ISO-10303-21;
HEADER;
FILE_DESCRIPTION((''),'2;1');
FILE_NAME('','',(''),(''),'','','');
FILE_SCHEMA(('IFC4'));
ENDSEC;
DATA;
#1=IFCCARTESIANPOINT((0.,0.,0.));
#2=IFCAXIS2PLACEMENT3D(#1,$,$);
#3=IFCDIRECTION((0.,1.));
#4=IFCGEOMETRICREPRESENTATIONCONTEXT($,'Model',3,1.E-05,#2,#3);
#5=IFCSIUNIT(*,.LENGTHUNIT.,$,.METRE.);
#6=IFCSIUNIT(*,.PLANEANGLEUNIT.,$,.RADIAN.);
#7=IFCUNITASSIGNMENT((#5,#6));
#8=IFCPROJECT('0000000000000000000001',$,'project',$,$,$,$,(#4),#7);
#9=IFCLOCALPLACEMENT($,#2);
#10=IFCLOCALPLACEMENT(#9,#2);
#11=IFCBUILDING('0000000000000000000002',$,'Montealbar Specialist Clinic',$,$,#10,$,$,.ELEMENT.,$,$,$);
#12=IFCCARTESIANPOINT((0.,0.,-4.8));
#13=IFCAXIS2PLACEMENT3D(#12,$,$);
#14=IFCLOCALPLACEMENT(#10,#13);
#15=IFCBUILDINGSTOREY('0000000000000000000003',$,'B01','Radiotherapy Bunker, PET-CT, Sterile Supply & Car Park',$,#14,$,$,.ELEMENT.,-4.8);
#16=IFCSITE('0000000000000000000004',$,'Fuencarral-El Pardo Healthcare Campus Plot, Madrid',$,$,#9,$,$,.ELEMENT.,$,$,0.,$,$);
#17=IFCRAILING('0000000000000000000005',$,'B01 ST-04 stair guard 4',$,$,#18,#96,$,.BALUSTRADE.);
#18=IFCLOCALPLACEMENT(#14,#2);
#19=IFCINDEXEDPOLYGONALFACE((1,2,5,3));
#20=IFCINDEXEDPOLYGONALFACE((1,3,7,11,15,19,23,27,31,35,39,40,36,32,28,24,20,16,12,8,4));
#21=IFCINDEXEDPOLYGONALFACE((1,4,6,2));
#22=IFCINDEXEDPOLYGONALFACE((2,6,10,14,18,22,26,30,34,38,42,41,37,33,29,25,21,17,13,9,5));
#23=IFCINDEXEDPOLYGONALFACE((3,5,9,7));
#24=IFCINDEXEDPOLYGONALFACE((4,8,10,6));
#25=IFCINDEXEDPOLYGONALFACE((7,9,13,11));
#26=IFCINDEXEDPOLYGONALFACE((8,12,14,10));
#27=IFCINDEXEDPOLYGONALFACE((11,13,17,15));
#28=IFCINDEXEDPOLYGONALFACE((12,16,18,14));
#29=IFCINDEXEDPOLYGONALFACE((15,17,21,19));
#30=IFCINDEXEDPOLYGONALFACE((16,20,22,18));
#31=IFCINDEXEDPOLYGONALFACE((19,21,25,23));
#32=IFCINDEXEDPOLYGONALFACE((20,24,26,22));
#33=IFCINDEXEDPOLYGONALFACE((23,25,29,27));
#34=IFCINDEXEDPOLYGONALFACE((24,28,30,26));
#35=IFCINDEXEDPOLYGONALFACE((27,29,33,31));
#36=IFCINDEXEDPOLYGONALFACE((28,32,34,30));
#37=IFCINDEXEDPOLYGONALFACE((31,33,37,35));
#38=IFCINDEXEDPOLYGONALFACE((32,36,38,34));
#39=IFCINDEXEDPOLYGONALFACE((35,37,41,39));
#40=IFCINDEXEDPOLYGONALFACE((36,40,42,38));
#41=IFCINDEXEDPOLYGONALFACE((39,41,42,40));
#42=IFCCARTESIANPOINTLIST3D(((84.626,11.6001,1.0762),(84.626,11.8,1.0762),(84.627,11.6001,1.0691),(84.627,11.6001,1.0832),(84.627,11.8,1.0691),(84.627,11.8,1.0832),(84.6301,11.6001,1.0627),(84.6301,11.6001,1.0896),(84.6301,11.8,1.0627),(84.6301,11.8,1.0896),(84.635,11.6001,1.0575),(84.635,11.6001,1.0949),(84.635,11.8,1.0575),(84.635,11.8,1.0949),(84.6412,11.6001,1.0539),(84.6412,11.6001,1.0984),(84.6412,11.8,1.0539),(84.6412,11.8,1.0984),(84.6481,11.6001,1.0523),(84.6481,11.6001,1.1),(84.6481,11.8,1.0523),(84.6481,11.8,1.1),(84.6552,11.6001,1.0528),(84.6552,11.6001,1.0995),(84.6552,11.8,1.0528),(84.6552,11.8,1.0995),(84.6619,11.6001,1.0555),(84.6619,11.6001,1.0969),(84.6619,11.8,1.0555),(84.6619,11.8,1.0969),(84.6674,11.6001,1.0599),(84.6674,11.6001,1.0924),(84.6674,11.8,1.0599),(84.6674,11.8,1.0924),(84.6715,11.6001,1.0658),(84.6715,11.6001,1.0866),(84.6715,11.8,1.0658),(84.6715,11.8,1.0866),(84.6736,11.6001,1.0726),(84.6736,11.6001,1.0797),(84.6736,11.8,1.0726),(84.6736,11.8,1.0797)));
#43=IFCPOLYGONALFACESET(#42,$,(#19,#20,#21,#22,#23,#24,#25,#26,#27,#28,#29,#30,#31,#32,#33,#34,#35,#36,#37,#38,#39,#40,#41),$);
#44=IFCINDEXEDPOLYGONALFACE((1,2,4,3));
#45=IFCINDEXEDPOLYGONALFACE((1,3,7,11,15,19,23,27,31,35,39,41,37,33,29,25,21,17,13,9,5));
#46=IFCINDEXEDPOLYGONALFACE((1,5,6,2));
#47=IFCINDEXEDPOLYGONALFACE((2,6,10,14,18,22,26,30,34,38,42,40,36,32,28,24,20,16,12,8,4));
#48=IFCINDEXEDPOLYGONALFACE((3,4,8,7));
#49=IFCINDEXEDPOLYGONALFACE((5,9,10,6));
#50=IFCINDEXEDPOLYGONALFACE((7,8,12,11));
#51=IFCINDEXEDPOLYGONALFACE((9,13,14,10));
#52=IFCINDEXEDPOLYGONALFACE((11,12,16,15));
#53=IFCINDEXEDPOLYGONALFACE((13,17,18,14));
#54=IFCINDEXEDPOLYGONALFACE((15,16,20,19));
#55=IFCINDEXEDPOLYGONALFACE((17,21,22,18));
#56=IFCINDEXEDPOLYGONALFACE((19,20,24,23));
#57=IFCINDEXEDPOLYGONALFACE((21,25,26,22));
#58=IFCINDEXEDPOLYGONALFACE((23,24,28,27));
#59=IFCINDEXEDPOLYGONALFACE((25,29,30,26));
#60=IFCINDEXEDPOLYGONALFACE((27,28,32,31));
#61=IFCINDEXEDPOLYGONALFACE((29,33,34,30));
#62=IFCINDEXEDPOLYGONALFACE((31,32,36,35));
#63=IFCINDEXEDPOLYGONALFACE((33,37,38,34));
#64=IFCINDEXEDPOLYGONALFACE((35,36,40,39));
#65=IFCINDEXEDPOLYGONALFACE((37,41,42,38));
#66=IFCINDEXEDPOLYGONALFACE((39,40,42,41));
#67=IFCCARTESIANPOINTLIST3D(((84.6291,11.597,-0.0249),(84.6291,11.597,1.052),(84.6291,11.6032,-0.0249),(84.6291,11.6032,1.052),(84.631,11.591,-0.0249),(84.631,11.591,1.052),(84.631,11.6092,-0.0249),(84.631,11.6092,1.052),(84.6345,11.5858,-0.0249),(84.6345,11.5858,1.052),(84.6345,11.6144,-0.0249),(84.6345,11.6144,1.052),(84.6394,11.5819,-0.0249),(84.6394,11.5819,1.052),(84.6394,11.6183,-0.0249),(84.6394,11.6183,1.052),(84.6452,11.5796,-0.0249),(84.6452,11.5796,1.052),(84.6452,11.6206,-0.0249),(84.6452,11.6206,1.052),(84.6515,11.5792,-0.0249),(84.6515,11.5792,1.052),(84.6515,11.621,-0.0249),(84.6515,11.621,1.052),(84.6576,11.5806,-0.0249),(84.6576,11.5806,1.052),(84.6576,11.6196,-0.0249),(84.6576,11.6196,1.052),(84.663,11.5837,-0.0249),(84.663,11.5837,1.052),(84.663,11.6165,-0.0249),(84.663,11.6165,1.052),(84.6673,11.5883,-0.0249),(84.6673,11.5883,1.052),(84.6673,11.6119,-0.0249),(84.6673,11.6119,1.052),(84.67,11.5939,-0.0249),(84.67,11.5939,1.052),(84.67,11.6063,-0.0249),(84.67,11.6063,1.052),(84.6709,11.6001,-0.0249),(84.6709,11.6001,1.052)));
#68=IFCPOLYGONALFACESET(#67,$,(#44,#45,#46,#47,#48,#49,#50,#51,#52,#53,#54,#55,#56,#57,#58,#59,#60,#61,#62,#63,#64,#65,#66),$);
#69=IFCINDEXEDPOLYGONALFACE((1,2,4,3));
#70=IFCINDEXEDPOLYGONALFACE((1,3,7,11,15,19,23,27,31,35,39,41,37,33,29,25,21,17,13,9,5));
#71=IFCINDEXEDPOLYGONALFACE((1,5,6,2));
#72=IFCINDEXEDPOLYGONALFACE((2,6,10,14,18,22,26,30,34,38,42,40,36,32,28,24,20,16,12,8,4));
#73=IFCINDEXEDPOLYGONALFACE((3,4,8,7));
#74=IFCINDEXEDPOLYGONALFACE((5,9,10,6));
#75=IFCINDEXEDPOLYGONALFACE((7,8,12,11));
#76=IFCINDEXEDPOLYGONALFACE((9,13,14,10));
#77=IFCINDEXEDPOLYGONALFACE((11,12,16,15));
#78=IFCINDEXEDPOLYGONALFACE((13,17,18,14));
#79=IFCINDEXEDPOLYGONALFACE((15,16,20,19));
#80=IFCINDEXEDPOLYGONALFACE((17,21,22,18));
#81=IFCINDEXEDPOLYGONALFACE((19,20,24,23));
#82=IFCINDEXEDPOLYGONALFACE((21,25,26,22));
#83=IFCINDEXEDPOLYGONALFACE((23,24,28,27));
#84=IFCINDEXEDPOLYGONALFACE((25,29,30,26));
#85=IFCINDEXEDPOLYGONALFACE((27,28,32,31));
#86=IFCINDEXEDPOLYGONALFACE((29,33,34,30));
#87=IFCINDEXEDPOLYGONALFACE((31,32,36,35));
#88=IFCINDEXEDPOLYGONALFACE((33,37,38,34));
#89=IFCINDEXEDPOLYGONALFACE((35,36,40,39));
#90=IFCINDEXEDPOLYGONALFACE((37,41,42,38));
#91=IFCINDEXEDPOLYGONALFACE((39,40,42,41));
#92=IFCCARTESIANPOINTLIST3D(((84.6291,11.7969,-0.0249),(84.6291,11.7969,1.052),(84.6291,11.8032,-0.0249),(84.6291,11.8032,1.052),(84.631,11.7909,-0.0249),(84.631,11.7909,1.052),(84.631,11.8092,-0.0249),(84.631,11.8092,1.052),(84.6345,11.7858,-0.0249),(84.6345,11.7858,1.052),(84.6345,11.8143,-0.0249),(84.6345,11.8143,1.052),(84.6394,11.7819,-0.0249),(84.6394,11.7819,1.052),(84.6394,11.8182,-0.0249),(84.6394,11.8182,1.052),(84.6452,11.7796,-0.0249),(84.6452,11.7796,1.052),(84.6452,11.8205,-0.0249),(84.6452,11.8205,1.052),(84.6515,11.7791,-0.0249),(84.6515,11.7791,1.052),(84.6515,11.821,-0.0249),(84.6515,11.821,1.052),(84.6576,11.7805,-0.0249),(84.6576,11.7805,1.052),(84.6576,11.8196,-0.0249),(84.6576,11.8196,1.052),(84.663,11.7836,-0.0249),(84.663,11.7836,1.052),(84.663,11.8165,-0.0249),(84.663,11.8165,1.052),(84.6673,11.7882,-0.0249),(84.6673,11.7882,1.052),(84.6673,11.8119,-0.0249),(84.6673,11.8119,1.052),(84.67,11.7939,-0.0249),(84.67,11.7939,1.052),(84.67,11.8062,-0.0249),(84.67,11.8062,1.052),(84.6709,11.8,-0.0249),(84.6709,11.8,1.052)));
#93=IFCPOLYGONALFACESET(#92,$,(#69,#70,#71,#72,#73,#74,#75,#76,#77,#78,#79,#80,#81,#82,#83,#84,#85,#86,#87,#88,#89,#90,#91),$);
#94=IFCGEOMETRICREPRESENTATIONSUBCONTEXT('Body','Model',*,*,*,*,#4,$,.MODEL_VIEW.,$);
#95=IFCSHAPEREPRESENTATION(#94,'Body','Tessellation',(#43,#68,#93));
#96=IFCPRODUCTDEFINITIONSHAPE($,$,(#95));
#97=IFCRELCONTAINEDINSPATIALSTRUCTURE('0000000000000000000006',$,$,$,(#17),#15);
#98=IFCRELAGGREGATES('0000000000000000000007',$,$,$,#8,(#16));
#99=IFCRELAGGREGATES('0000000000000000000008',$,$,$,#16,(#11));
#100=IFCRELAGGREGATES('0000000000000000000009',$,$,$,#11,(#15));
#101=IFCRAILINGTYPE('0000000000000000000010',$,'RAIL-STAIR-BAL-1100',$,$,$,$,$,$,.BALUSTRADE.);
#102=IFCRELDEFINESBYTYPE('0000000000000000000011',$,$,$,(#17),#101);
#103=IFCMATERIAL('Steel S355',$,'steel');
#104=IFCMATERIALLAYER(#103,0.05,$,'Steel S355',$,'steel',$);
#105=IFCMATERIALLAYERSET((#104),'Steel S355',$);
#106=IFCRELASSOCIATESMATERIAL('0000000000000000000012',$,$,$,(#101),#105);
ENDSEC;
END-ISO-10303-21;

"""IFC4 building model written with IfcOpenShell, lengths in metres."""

from ifc_helpers import new_model, si_unit, direction, frame, origin, origin_2d, place, context, subcontext, project, spatial, circle, extrude, material, layer, layer_set, type_object, element, save


model = new_model("IFC4")

# Units and contexts
model_context = context("Model", 3, precision=1e-05, world=origin(), true_north=direction((0.0, 1.0)))
body_context = subcontext(model_context, "Body", "Model", "MODEL_VIEW")
ifc_project = project(units=[si_unit("LENGTHUNIT", "METRE"), si_unit("PLANEANGLEUNIT", "RADIAN")], contexts=[model_context])

# Site, building, storey
site_placement = place(None, origin())
site = spatial("IfcSite", under=ifc_project, at=site_placement, Name="Fuencarral-El Pardo Healthcare Campus Plot, Madrid", CompositionType="ELEMENT", RefElevation=0.0)
building_placement = place(site_placement, origin())
building = spatial("IfcBuilding", under=site, at=building_placement, Name="Montealbar Specialist Clinic", CompositionType="ELEMENT")
storey_placement = place(building_placement, frame((0.0, 0.0, -4.8)))
storey = spatial("IfcBuildingStorey", under=building, at=storey_placement, Name="B01", Description="Radiotherapy Bunker, PET-CT, Sterile Supply & Car Park", CompositionType="ELEMENT", Elevation=-4.8)

# Shared definitions
ifc_material_1 = material(Name="Steel S355", Category="steel")

# Railing
ifc_layer_1 = layer(ifc_material_1, 0.05, Name="Steel S355", Category="steel")
ifc_layer_set_1 = layer_set([ifc_layer_1], Name="Steel S355")
railing_type_1 = type_object("IfcRailingType", Name="RAIL-STAIR-BAL-1100", PredefinedType="BALUSTRADE", material=ifc_layer_set_1)
railing_1_placement = place(storey_placement, frame((84.6499, 11.6001, 0.0)))
element("IfcRailing", 1, at=railing_1_placement, inside=storey, type_object=railing_type_1, Name="B01 ST-04 stair guard 4", PredefinedType="BALUSTRADE", context=body_context, shape_type="SweptSolid", body=[
    extrude(circle(Radius=0.0239, at=origin_2d()), frame((0.0, 0.0, 1.0762), z_axis=(0.0, 1.0, 0.0), x_axis=(-1.0, 0.0, 0.0)), (0.0, 0.0, 1.0), 0.2),
    extrude(circle(Radius=0.021, at=origin_2d()), frame((0.0, 0.0, -0.0249)), (0.0, 0.0, 1.0), 1.0769),
    extrude(circle(Radius=0.021, at=origin_2d()), frame((0.0, 0.2, -0.0249)), (0.0, 0.0, 1.0), 1.0769),
])

save(model, "model.ifc")
